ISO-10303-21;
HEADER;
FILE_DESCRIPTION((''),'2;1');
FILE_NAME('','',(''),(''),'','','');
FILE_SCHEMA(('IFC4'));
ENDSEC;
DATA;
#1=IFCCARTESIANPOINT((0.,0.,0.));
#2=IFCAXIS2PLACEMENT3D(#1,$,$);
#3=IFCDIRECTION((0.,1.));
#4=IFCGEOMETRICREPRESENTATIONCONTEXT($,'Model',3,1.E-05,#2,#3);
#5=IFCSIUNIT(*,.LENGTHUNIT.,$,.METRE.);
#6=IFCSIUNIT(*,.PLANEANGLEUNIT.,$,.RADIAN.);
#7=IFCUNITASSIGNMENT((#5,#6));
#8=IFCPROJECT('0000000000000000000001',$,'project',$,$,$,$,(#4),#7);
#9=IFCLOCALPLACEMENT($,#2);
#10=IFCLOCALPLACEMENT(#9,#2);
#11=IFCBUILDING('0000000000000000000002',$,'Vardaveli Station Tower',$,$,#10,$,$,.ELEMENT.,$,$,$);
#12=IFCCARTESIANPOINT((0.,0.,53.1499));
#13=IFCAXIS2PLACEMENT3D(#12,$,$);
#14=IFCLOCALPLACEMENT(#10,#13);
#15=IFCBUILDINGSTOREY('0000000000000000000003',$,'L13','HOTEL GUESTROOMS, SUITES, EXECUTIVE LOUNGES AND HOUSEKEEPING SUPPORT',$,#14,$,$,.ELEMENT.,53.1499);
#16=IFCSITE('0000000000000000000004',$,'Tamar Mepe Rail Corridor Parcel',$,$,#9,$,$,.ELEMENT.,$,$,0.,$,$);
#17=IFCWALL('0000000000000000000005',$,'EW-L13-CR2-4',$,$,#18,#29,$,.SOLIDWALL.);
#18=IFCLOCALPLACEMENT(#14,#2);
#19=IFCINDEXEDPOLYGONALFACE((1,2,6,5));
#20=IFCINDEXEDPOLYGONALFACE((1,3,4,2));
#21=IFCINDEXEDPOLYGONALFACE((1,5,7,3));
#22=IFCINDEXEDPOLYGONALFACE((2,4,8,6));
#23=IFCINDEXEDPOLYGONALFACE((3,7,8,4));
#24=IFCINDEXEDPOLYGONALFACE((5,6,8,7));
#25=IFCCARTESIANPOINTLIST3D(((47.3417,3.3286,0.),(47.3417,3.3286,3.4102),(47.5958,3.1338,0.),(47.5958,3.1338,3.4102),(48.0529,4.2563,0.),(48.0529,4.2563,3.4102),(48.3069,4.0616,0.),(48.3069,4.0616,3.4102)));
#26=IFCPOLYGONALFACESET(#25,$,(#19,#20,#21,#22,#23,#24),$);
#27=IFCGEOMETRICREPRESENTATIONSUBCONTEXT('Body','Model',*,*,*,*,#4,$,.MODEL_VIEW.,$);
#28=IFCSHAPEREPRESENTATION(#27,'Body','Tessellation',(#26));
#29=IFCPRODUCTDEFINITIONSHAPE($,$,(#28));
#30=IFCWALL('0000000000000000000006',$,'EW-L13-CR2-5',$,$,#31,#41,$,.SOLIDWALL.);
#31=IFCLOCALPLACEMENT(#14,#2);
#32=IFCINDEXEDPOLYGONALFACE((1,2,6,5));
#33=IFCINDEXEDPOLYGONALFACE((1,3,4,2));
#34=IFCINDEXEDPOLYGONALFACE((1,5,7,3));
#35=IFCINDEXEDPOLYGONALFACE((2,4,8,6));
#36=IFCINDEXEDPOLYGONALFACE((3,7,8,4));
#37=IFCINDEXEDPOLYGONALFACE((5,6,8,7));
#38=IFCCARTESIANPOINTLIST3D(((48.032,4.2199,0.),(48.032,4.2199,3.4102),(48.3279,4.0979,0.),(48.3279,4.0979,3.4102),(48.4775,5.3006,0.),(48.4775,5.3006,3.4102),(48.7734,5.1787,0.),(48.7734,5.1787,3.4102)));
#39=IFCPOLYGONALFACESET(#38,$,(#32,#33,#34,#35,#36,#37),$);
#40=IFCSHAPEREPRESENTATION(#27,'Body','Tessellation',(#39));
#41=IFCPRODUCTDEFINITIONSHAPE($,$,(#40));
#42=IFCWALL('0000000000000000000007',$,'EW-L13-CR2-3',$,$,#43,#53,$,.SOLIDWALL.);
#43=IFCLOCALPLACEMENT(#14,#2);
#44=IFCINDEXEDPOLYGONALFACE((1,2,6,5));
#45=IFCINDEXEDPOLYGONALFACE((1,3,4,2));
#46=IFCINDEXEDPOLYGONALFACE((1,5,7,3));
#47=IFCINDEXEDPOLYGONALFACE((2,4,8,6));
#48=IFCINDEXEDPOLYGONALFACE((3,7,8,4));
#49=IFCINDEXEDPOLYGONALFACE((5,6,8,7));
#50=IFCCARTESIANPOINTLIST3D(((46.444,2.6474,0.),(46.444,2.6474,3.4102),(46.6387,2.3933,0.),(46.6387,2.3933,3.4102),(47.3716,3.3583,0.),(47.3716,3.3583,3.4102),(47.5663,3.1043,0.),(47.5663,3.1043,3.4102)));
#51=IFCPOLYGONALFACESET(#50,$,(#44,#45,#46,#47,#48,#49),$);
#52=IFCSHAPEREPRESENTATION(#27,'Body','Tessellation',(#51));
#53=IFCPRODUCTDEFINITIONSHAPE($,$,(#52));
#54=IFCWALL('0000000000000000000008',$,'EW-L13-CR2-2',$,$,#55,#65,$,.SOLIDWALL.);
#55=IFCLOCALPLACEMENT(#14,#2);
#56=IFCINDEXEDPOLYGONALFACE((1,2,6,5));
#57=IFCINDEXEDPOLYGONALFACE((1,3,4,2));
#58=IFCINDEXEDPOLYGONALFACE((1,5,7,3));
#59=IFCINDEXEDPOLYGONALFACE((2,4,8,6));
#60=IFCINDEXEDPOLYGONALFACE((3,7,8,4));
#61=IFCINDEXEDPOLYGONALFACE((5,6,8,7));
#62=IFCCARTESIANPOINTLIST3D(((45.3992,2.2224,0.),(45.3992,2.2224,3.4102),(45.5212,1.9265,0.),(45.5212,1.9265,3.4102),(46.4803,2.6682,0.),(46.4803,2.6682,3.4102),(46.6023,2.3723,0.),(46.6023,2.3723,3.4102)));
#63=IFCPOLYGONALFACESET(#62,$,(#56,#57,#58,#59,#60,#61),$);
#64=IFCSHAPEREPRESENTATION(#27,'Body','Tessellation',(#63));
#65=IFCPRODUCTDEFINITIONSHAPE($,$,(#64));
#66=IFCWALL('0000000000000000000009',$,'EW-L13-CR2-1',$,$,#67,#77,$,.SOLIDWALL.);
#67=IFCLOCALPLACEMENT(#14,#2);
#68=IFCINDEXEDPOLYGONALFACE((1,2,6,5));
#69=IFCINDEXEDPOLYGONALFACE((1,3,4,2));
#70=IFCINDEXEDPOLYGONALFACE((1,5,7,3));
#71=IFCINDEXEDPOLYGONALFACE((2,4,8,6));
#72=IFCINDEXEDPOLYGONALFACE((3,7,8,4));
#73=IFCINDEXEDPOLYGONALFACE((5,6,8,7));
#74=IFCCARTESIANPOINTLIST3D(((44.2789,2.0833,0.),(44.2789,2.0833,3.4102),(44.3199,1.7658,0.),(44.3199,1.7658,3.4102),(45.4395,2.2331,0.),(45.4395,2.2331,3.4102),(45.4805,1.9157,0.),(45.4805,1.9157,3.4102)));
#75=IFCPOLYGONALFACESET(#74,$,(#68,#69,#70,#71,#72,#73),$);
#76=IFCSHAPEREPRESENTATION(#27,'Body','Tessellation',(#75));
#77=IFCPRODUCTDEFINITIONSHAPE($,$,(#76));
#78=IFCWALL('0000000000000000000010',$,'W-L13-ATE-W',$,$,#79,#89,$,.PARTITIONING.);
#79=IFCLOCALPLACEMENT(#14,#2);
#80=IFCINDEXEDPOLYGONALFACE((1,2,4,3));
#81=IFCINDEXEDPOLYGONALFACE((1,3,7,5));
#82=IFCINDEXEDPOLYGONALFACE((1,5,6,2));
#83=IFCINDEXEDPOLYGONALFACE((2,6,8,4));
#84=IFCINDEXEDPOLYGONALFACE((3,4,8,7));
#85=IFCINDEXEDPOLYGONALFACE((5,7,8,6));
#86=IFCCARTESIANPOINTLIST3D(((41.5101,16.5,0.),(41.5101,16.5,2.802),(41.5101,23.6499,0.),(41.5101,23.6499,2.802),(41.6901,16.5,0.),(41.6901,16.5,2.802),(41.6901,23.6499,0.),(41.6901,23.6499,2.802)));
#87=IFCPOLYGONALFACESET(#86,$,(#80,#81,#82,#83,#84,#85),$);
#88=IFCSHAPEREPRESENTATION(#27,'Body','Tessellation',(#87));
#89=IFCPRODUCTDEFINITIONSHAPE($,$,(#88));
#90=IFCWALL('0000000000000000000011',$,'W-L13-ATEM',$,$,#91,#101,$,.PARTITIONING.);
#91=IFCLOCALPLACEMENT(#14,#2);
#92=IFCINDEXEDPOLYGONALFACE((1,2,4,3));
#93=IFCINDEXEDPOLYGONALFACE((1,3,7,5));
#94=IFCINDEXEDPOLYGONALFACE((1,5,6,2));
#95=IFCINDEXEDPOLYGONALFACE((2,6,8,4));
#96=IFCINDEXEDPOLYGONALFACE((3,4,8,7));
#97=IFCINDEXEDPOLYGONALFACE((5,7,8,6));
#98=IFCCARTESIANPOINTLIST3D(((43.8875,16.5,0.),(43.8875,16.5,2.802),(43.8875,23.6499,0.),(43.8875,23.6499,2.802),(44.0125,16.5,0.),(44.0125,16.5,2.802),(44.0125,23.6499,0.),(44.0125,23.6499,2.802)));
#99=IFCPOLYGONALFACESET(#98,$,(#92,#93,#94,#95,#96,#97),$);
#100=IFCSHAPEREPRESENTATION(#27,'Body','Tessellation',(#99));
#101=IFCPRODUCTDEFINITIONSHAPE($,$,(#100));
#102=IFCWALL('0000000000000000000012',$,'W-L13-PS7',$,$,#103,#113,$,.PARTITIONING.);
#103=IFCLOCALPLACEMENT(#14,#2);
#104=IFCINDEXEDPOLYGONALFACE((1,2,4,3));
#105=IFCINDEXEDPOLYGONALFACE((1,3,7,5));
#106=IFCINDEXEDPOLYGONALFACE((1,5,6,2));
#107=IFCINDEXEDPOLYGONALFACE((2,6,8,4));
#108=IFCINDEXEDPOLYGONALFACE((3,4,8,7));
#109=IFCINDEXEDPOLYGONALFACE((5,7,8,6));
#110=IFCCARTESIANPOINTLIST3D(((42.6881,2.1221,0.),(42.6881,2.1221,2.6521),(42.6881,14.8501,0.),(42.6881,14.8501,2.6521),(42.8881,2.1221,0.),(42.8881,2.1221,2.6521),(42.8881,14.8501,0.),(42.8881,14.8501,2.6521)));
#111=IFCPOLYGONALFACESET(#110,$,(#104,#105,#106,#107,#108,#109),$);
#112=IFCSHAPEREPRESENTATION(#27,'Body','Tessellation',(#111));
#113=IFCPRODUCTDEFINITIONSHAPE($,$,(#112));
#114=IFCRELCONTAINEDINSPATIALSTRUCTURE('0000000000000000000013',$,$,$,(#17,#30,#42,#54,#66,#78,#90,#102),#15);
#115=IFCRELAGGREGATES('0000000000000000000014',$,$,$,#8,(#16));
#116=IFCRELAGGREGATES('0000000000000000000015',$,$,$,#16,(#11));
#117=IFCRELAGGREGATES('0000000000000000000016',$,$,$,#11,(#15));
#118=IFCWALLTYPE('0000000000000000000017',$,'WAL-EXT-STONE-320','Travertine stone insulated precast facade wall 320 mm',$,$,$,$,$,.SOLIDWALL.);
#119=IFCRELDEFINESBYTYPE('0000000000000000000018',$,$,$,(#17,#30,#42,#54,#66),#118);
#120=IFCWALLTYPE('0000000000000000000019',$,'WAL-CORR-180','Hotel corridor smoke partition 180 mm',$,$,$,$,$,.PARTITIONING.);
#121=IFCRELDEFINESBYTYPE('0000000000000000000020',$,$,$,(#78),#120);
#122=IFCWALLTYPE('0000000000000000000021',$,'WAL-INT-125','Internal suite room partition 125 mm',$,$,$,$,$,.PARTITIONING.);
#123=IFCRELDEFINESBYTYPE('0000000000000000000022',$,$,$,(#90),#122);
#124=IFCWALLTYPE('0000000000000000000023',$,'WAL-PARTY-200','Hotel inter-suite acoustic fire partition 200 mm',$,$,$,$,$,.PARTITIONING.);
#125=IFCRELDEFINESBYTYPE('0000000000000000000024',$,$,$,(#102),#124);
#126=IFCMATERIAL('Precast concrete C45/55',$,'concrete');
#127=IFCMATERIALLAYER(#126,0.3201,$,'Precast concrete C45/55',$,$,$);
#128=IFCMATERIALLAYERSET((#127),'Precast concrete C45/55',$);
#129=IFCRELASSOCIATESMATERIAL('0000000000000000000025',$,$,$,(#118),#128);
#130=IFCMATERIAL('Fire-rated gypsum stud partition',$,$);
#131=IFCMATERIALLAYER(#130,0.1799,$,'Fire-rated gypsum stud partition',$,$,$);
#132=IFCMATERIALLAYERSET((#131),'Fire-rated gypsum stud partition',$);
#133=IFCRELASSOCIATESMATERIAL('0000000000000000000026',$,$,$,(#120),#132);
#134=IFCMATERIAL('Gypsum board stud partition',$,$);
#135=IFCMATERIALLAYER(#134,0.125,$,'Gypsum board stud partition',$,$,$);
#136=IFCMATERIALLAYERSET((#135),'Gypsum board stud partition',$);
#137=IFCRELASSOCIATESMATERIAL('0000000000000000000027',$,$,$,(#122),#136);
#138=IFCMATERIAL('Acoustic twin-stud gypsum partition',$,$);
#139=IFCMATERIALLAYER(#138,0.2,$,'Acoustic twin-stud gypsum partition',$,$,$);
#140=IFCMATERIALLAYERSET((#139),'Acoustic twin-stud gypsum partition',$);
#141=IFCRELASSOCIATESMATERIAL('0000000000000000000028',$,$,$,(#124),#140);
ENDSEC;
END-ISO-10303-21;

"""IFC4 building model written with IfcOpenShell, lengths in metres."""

from ifc_helpers import new_model, si_unit, direction, frame, frame_2d, origin, place, context, subcontext, project, spatial, rectangle, extrude, source, transform, mapped, material, layer, layer_set, type_object, element, save


model = new_model("IFC4")

# Units and contexts
model_context = context("Model", 3, precision=1e-05, world=origin(), true_north=direction((0.0, 1.0)))
body_context = subcontext(model_context, "Body", "Model", "MODEL_VIEW")
ifc_project = project(units=[si_unit("LENGTHUNIT", "METRE"), si_unit("PLANEANGLEUNIT", "RADIAN")], contexts=[model_context])

# Site, building, storey
site_placement = place(None, origin())
site = spatial("IfcSite", under=ifc_project, at=site_placement, Name="Tamar Mepe Rail Corridor Parcel", CompositionType="ELEMENT", RefElevation=0.0)
building_placement = place(site_placement, origin())
building = spatial("IfcBuilding", under=site, at=building_placement, Name="Vardaveli Station Tower", CompositionType="ELEMENT")
storey_placement = place(building_placement, frame((0.0, 0.0, 53.1499)))
storey = spatial("IfcBuildingStorey", under=building, at=storey_placement, Name="L13", Description="HOTEL GUESTROOMS, SUITES, EXECUTIVE LOUNGES AND HOUSEKEEPING SUPPORT", CompositionType="ELEMENT", Elevation=53.1499)

# Shared definitions
ifc_material_1 = material(Name="Precast concrete C45/55", Category="concrete")

# Shared definitions
ifc_layer_1 = layer(ifc_material_1, 0.3201, Name="Precast concrete C45/55")
ifc_layer_set_1 = layer_set([ifc_layer_1], Name="Precast concrete C45/55")
wall_type_1 = type_object("IfcWallType", Name="WAL-EXT-STONE-320", Description="Travertine stone insulated precast facade wall 320 mm", PredefinedType="SOLIDWALL", material=ifc_layer_set_1)

# Walls
shared_shape_1 = source(origin(), body_context, "Body", "SweptSolid", [
    extrude(rectangle(XDim=1.1689, YDim=0.3201, at=frame_2d((0.5845, 0.0))), origin(), (0.0, 0.0, 1.0), 3.4102),
])
for number, where, z_axis, x_axis, name in (
    (1, (47.4688, 3.2312, 0.0), (0.0, 0.0, 1.0), (0.608388, 0.79364, 0.0), "EW-L13-CR2-4"),
    (2, (48.1799, 4.1589, 0.0), (0.0, 0.0, 1.0), (0.381128, 0.924522, 0.0), "EW-L13-CR2-5"),
):
    element("IfcWall", number, at=place(storey_placement, frame(where, z_axis=z_axis, x_axis=x_axis)), inside=storey, type_object=wall_type_1, Name=name, PredefinedType="SOLIDWALL", context=body_context, shape_type="MappedRepresentation", body=[
        mapped(shared_shape_1, transform((0.0, 0.0, 0.0), scale=1.0)),
    ])
shared_shape_2 = source(origin(), body_context, "Body", "SweptSolid", [
    extrude(rectangle(XDim=1.1687, YDim=0.3201, at=frame_2d((0.5845, 0.0))), origin(), (0.0, 0.0, 1.0), 3.4102),
])
wall_1_placement = place(storey_placement, frame((46.5413, 2.5203, 0.0), z_axis=(0.0, 0.0, 1.0), x_axis=(0.793664, 0.608357, 0.0)))
element("IfcWall", 3, at=wall_1_placement, inside=storey, type_object=wall_type_1, Name="EW-L13-CR2-3", PredefinedType="SOLIDWALL", context=body_context, shape_type="MappedRepresentation", body=[
    mapped(shared_shape_2, transform((0.0, 0.0, 0.0), scale=1.0)),
])
shared_shape_3 = source(origin(), body_context, "Body", "SweptSolid", [
    extrude(rectangle(XDim=1.1694, YDim=0.3201, at=frame_2d((0.5847, 0.0))), origin(), (0.0, 0.0, 1.0), 3.4102),
])
wall_2_placement = place(storey_placement, frame((45.4602, 2.0745, 0.0), z_axis=(0.0, 0.0, 1.0), x_axis=(0.924479, 0.381233, 0.0)))
element("IfcWall", 4, at=wall_2_placement, inside=storey, type_object=wall_type_1, Name="EW-L13-CR2-2", PredefinedType="SOLIDWALL", context=body_context, shape_type="MappedRepresentation", body=[
    mapped(shared_shape_3, transform((0.0, 0.0, 0.0), scale=1.0)),
])
shared_shape_4 = source(origin(), body_context, "Body", "SweptSolid", [
    extrude(rectangle(XDim=1.1702, YDim=0.3201, at=frame_2d((0.585, 0.0))), origin(), (0.0, 0.0, 1.0), 3.4102),
])
wall_3_placement = place(storey_placement, frame((44.2996, 1.9246, 0.0), z_axis=(0.0, 0.0, 1.0), x_axis=(0.991762, 0.12809, 0.0)))
element("IfcWall", 5, at=wall_3_placement, inside=storey, type_object=wall_type_1, Name="EW-L13-CR2-1", PredefinedType="SOLIDWALL", context=body_context, shape_type="MappedRepresentation", body=[
    mapped(shared_shape_4, transform((0.0, 0.0, 0.0), scale=1.0)),
])

# Shared definitions
ifc_material_2 = material(Name="Fire-rated gypsum stud partition")
ifc_layer_2 = layer(ifc_material_2, 0.1799, Name="Fire-rated gypsum stud partition")
ifc_layer_set_2 = layer_set([ifc_layer_2], Name="Fire-rated gypsum stud partition")
wall_type_2 = type_object("IfcWallType", Name="WAL-CORR-180", Description="Hotel corridor smoke partition 180 mm", PredefinedType="PARTITIONING", material=ifc_layer_set_2)

# Walls
shared_shape_5 = source(origin(), body_context, "Body", "SweptSolid", [
    extrude(rectangle(XDim=7.1499, YDim=0.1799, at=frame_2d((3.575, 0.0))), origin(), (0.0, 0.0, 1.0), 2.802),
])
wall_4_placement = place(storey_placement, frame((41.6001, 16.5, 0.0), z_axis=(0.0, 0.0, 1.0), x_axis=(0.0, 1.0, 0.0)))
element("IfcWall", 6, at=wall_4_placement, inside=storey, type_object=wall_type_2, Name="W-L13-ATE-W", PredefinedType="PARTITIONING", context=body_context, shape_type="MappedRepresentation", body=[
    mapped(shared_shape_5, transform((0.0, 0.0, 0.0), scale=1.0)),
])
ifc_material_3 = material(Name="Gypsum board stud partition")
ifc_layer_3 = layer(ifc_material_3, 0.125, Name="Gypsum board stud partition")
ifc_layer_set_3 = layer_set([ifc_layer_3], Name="Gypsum board stud partition")
wall_type_3 = type_object("IfcWallType", Name="WAL-INT-125", Description="Internal suite room partition 125 mm", PredefinedType="PARTITIONING", material=ifc_layer_set_3)
shared_shape_6 = source(origin(), body_context, "Body", "SweptSolid", [
    extrude(rectangle(XDim=7.1499, YDim=0.125, at=frame_2d((3.575, 0.0))), origin(), (0.0, 0.0, 1.0), 2.802),
])
wall_5_placement = place(storey_placement, frame((43.95, 16.5, 0.0), z_axis=(0.0, 0.0, 1.0), x_axis=(0.0, 1.0, 0.0)))
element("IfcWall", 7, at=wall_5_placement, inside=storey, type_object=wall_type_3, Name="W-L13-ATEM", PredefinedType="PARTITIONING", context=body_context, shape_type="MappedRepresentation", body=[
    mapped(shared_shape_6, transform((0.0, 0.0, 0.0), scale=1.0)),
])
ifc_material_4 = material(Name="Acoustic twin-stud gypsum partition")
ifc_layer_4 = layer(ifc_material_4, 0.2, Name="Acoustic twin-stud gypsum partition")
ifc_layer_set_4 = layer_set([ifc_layer_4], Name="Acoustic twin-stud gypsum partition")
wall_type_4 = type_object("IfcWallType", Name="WAL-PARTY-200", Description="Hotel inter-suite acoustic fire partition 200 mm", PredefinedType="PARTITIONING", material=ifc_layer_set_4)
shared_shape_7 = source(origin(), body_context, "Body", "SweptSolid", [
    extrude(rectangle(XDim=12.728, YDim=0.2, at=frame_2d((6.364, 0.0))), origin(), (0.0, 0.0, 1.0), 2.6521),
])
wall_6_placement = place(storey_placement, frame((42.7881, 2.1221, 0.0), z_axis=(0.0, 0.0, 1.0), x_axis=(0.0, 1.0, 0.0)))
element("IfcWall", 8, at=wall_6_placement, inside=storey, type_object=wall_type_4, Name="W-L13-PS7", PredefinedType="PARTITIONING", context=body_context, shape_type="MappedRepresentation", body=[
    mapped(shared_shape_7, transform((0.0, 0.0, 0.0), scale=1.0)),
])

save(model, "model.ifc")
